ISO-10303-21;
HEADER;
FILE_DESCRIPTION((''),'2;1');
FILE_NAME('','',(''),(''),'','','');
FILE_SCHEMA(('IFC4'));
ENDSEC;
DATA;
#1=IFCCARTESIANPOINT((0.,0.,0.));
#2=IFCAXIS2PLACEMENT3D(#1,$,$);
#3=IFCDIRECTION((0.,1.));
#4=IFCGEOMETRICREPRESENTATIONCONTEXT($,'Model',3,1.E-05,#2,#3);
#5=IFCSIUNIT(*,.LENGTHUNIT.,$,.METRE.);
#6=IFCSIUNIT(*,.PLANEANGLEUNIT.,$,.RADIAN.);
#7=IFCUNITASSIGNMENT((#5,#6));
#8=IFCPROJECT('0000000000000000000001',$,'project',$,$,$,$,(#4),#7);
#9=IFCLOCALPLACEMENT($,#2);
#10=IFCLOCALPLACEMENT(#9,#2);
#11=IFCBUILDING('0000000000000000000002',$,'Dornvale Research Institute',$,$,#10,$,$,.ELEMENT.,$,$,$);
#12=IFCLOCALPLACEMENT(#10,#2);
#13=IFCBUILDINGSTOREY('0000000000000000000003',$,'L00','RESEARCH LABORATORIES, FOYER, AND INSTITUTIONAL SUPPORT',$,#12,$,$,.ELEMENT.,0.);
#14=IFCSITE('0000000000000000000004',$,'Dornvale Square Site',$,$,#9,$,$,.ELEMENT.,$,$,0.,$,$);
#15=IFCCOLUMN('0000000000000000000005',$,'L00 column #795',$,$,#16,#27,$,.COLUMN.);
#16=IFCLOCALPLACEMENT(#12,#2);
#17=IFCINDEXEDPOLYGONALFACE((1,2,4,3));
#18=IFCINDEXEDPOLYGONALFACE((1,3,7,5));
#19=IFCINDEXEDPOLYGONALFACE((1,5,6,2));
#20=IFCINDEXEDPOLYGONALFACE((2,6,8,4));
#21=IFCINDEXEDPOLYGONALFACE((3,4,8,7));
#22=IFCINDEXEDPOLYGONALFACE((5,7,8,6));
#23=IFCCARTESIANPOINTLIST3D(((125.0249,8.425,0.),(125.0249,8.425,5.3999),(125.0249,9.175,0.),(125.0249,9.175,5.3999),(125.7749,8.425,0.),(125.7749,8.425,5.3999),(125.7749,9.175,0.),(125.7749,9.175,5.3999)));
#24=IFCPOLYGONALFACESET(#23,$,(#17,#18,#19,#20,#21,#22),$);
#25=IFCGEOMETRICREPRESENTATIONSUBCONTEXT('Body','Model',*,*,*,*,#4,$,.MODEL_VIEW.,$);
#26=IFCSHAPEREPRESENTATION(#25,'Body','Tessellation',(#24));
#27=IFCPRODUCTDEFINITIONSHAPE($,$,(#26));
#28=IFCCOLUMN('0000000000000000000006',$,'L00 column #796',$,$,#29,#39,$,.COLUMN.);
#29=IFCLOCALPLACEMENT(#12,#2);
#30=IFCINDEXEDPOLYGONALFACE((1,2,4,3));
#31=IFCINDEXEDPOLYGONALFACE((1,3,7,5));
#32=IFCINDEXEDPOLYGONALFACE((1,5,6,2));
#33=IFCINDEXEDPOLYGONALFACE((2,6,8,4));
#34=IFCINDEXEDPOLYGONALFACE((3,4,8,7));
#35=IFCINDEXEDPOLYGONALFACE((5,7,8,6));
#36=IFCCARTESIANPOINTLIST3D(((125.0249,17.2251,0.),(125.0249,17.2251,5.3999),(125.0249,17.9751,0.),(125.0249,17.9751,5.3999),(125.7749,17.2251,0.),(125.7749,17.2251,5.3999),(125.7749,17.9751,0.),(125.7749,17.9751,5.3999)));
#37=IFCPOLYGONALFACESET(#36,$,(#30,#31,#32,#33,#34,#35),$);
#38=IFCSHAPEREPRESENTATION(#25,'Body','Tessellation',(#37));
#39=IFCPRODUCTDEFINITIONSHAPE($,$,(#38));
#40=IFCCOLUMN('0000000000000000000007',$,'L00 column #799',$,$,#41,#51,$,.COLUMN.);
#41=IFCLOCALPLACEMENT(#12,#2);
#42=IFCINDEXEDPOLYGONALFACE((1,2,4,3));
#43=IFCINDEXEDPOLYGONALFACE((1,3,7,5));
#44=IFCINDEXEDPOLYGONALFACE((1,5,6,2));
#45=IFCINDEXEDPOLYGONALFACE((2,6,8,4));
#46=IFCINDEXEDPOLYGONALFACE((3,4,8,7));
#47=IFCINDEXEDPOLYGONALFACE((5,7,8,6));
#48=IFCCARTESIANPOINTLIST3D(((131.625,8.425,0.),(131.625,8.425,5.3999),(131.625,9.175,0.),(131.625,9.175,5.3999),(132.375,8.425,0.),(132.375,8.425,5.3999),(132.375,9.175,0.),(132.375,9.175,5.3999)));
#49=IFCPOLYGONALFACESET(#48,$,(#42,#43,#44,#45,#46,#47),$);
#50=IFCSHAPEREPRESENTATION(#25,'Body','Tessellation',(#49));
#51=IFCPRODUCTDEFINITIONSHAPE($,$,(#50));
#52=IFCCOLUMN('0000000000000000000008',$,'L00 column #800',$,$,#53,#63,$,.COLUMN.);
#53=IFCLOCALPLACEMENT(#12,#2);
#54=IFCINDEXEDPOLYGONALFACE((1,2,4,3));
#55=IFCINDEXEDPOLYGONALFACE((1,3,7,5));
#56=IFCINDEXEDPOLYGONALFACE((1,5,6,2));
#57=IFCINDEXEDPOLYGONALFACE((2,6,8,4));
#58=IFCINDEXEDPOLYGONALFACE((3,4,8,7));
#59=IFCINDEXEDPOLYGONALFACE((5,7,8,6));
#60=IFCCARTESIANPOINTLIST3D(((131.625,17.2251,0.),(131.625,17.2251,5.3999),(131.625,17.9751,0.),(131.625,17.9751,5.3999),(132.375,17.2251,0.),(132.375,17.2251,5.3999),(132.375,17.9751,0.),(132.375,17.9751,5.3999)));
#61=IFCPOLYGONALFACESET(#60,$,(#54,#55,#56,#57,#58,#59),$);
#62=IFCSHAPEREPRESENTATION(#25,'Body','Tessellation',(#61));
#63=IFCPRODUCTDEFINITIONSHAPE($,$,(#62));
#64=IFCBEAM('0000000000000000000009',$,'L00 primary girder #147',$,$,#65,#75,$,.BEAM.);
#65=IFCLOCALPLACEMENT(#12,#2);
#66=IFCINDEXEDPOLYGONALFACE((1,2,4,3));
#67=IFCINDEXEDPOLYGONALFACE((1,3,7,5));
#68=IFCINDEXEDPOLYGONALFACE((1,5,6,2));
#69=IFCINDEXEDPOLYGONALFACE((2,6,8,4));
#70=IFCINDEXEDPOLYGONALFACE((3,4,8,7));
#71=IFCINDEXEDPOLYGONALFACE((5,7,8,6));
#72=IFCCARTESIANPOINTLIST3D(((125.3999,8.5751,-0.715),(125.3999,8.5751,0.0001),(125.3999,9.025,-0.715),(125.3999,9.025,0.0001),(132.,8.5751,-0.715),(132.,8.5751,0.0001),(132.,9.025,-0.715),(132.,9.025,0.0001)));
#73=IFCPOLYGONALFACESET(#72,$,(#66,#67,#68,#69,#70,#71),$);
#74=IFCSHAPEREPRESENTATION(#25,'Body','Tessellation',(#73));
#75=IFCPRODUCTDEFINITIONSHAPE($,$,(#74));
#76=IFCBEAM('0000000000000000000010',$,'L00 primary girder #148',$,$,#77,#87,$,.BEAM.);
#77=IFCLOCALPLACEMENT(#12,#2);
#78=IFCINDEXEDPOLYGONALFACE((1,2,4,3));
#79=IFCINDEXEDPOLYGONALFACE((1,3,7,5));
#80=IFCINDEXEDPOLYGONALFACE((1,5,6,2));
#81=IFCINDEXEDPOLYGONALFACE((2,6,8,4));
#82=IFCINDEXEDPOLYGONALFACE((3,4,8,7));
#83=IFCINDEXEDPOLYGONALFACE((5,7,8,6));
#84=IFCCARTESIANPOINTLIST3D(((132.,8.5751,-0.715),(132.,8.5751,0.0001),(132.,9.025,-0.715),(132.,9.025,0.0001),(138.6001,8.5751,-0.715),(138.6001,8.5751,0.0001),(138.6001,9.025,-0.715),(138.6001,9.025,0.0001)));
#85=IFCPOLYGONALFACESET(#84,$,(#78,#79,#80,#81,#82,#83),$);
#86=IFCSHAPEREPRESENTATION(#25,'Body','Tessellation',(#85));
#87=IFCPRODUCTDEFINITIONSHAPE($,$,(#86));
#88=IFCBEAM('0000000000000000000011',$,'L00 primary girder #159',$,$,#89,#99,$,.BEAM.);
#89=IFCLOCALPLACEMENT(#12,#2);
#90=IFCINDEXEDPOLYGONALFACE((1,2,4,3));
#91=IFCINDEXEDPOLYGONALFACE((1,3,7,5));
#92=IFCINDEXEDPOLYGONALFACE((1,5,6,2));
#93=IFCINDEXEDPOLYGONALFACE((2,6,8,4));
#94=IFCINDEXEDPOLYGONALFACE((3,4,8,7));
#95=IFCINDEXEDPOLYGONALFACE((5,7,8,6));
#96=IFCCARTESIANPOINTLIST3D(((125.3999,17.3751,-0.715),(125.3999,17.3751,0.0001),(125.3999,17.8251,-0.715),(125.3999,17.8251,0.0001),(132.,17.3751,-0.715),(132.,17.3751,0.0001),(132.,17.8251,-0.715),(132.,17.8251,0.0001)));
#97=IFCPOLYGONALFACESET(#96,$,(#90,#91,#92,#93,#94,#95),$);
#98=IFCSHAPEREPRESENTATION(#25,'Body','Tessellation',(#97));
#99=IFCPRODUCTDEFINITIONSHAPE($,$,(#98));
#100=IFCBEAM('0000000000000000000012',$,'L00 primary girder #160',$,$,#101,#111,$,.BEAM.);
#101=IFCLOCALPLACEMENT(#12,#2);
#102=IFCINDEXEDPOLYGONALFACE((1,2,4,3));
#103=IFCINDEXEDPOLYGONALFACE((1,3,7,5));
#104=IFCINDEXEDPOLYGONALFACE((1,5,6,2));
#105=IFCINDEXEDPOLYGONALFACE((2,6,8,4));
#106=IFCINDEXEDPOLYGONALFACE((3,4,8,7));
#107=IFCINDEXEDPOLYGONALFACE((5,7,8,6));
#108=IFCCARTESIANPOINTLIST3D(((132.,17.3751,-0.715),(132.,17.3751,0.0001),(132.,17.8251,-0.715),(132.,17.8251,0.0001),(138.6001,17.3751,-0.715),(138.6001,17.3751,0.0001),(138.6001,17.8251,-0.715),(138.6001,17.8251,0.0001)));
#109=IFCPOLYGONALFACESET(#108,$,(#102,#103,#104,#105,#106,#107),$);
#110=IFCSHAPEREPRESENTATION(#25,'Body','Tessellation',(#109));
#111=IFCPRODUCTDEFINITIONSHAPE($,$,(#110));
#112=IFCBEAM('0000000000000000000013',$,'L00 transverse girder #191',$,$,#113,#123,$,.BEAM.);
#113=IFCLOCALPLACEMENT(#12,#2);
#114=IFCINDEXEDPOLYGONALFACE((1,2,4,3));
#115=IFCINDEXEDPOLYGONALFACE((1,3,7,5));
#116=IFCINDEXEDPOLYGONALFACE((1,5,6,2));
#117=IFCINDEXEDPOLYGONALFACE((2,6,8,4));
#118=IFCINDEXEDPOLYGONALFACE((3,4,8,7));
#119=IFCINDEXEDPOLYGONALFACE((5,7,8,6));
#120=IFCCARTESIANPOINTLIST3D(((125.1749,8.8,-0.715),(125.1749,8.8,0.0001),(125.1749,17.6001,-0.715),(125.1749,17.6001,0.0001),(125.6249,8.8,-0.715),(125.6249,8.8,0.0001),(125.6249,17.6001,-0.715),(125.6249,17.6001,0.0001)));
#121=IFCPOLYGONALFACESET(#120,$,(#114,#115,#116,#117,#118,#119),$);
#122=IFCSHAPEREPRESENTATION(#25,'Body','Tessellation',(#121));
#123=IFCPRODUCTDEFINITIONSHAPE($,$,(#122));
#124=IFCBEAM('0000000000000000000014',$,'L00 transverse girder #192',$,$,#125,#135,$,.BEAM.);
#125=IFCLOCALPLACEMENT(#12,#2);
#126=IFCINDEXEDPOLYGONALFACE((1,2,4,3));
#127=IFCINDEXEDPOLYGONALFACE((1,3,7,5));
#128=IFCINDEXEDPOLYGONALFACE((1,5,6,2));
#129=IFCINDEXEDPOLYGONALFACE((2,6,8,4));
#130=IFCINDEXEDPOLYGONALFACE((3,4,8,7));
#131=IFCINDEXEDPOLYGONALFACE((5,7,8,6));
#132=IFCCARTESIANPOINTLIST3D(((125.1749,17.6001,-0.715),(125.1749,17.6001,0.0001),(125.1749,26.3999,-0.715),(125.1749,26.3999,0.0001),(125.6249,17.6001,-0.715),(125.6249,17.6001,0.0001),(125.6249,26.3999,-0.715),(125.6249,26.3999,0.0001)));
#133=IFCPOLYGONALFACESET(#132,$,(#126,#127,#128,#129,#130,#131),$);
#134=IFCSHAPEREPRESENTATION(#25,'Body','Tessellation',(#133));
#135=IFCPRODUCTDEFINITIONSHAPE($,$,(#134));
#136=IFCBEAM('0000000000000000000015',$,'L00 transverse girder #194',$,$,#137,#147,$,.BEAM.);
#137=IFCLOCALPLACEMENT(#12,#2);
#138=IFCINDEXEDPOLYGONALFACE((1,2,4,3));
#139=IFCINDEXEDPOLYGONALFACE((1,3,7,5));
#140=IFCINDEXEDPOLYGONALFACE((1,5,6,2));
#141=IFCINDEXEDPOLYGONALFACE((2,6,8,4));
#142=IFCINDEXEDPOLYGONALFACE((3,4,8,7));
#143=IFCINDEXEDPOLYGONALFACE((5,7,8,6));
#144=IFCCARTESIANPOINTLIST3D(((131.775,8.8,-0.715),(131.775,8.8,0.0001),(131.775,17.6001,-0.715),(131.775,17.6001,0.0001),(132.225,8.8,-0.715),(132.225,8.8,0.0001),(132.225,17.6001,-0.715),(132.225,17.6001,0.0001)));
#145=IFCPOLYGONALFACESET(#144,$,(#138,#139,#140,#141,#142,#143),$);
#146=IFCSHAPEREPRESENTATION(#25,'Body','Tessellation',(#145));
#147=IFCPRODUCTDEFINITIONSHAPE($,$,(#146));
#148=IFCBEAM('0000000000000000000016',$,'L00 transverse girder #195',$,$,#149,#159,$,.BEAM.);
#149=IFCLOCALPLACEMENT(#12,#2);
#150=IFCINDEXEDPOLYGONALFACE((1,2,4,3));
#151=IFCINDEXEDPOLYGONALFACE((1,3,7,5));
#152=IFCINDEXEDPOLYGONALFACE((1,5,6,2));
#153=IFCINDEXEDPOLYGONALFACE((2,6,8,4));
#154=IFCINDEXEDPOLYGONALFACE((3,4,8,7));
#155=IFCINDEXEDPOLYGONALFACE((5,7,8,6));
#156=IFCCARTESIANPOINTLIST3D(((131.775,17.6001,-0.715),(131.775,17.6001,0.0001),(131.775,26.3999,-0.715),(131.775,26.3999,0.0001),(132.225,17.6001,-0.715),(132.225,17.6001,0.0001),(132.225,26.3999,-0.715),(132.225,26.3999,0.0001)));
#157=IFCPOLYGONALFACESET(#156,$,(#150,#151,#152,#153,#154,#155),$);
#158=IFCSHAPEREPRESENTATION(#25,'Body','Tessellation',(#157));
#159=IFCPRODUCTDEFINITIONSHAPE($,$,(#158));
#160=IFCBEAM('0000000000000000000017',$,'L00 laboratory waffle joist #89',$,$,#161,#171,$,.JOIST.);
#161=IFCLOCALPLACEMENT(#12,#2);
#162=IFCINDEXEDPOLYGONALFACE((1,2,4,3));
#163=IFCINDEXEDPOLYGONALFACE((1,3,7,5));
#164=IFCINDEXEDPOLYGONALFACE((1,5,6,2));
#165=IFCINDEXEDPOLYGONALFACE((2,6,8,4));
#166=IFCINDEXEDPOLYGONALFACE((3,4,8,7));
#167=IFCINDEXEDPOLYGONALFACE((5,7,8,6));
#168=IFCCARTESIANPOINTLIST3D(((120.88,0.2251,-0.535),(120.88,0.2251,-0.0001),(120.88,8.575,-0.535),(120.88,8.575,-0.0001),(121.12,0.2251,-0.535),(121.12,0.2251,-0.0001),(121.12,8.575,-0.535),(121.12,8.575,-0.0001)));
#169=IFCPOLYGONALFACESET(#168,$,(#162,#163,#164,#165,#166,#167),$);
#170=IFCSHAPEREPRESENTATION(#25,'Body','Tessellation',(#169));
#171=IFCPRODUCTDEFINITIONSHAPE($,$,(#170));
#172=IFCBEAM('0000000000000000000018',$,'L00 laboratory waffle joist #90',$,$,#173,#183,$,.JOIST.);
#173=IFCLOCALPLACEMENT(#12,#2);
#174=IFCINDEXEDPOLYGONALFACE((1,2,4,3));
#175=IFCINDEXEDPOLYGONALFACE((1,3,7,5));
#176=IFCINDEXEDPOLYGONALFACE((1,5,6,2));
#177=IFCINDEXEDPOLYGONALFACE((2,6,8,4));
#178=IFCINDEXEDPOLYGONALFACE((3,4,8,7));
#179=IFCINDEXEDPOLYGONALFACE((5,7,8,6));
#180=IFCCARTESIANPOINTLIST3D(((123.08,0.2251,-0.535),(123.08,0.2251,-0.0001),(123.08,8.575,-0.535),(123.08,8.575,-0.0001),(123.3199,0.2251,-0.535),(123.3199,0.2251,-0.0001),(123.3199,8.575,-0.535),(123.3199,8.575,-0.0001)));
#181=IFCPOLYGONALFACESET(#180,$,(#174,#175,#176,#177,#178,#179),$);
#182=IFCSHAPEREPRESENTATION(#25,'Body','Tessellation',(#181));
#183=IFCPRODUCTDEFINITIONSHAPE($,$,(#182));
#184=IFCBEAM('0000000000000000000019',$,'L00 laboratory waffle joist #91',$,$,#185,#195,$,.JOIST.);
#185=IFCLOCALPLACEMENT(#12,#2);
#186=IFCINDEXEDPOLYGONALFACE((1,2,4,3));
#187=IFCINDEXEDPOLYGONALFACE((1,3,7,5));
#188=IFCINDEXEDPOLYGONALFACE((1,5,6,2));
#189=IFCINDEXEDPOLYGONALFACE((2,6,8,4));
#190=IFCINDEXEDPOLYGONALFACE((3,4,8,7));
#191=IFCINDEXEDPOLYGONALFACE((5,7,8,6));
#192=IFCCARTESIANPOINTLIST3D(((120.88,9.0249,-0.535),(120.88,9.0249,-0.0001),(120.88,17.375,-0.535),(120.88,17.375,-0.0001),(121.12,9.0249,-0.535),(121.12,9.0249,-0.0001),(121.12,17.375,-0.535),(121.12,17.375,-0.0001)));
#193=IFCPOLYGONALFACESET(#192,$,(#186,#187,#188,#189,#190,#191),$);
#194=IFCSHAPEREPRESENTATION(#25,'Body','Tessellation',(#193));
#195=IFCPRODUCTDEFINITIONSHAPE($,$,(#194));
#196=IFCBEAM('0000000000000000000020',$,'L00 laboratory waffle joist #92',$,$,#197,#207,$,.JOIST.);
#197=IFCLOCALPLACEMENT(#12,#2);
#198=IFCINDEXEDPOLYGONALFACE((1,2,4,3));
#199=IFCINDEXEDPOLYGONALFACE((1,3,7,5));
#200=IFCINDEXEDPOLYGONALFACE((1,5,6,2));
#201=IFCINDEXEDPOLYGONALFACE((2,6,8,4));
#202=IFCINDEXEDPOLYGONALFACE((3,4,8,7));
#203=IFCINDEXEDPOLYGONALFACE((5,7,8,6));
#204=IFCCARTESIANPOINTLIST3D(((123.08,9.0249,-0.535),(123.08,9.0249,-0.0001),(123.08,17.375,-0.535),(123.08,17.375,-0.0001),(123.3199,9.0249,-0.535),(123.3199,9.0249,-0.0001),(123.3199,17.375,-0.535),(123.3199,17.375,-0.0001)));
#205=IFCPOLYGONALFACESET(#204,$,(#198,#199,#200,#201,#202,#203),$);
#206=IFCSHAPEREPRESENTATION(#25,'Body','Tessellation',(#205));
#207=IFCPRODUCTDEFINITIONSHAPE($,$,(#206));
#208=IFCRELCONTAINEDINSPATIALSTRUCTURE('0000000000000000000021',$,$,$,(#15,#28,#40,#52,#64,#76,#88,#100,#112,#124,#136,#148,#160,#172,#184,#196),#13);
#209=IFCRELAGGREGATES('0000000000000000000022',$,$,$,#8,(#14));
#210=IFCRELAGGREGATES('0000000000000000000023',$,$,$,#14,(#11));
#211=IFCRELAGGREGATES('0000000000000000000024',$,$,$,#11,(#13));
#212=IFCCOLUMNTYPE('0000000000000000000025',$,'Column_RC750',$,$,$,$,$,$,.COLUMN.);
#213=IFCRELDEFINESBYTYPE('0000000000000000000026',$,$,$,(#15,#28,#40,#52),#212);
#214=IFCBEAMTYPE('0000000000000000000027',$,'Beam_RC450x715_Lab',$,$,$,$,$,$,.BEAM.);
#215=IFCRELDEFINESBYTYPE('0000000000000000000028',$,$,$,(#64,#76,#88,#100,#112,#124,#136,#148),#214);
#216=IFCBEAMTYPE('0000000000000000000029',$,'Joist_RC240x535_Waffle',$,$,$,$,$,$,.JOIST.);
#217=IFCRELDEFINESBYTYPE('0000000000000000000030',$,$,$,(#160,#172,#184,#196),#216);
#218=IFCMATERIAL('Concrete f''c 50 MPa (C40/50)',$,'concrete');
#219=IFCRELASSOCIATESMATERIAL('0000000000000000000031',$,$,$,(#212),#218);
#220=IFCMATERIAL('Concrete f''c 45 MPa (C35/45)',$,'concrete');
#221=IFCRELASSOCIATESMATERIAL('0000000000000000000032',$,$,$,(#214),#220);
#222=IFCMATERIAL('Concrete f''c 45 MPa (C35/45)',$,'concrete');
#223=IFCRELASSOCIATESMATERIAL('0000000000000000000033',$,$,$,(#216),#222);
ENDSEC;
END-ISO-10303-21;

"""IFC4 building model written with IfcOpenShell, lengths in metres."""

from ifc_helpers import new_model, si_unit, direction, frame, origin, origin_2d, place, context, subcontext, project, spatial, rectangle, extrude, material, material_profile, profile_set, type_object, element, save


model = new_model("IFC4")

# Units and contexts
model_context = context("Model", 3, precision=1e-05, world=origin(), true_north=direction((0.0, 1.0)))
body_context = subcontext(model_context, "Body", "Model", "MODEL_VIEW")
ifc_project = project(units=[si_unit("LENGTHUNIT", "METRE"), si_unit("PLANEANGLEUNIT", "RADIAN")], contexts=[model_context])

# Site, building, storey
site_placement = place(None, origin())
site = spatial("IfcSite", under=ifc_project, at=site_placement, Name="Dornvale Square Site", CompositionType="ELEMENT", RefElevation=0.0)
building_placement = place(site_placement, origin())
building = spatial("IfcBuilding", under=site, at=building_placement, Name="Dornvale Research Institute", CompositionType="ELEMENT")
storey_placement = place(building_placement, origin())
storey = spatial("IfcBuildingStorey", under=building, at=storey_placement, Name="L00", Description="RESEARCH LABORATORIES, FOYER, AND INSTITUTIONAL SUPPORT", CompositionType="ELEMENT", Elevation=0.0)

# Columns
ifc_material_1 = material(Name="Concrete f'c 50 MPa (C40/50)", Category="concrete")
ifc_material_profile_1 = material_profile(ifc_material_1, rectangle(XDim=0.75, YDim=0.75, at=origin_2d()), Name="RC 750x750")
ifc_profile_set_1 = profile_set([ifc_material_profile_1], Name="Concrete f'c 50 MPa (C40/50)")
column_type = type_object("IfcColumnType", Name="Column_RC750", PredefinedType="COLUMN", material=ifc_profile_set_1)
for number, where, z_axis, x_axis, name in (
    (1, (125.3999, 8.8, 0.0), (0.0, 0.0, 1.0), (1.0, 0.0, 0.0), "L00 column #795"),
    (2, (125.3999, 17.6001, 0.0), (0.0, 0.0, 1.0), (1.0, 0.0, 0.0), "L00 column #796"),
    (3, (132.0, 8.8, 0.0), (0.0, 0.0, 1.0), (1.0, 0.0, 0.0), "L00 column #799"),
    (4, (132.0, 17.6001, 0.0), (0.0, 0.0, 1.0), (1.0, 0.0, 0.0), "L00 column #800"),
):
    element("IfcColumn", number, at=place(storey_placement, frame(where, z_axis=z_axis, x_axis=x_axis)), inside=storey, type_object=column_type, Name=name, PredefinedType="COLUMN", context=body_context, shape_type="SweptSolid", body=[
        extrude(rectangle(XDim=0.75, YDim=0.75, at=origin_2d()), origin(), (0.0, 0.0, 1.0), 5.3999),
    ])

# Beams
ifc_material_2 = material(Name="Concrete f'c 45 MPa (C35/45)", Category="concrete")
ifc_material_profile_2 = material_profile(ifc_material_2, rectangle(XDim=0.45, YDim=0.7151, at=origin_2d()), Name="RC 450x715")
ifc_profile_set_2 = profile_set([ifc_material_profile_2], Name="Concrete f'c 45 MPa (C35/45)")
beam_type_1 = type_object("IfcBeamType", Name="Beam_RC450x715_Lab", PredefinedType="BEAM", material=ifc_profile_set_2)
for number, where, z_axis, x_axis, name in (
    (5, (125.3999, 8.8, -0.3574), (1.0, 0.0, 0.0), (0.0, 1.0, 0.0), "L00 primary girder #147"),
    (6, (132.0, 8.8, -0.3574), (1.0, 0.0, 0.0), (0.0, 1.0, 0.0), "L00 primary girder #148"),
    (7, (125.3999, 17.6001, -0.3574), (1.0, 0.0, 0.0), (0.0, 1.0, 0.0), "L00 primary girder #159"),
    (8, (132.0, 17.6001, -0.3574), (1.0, 0.0, 0.0), (0.0, 1.0, 0.0), "L00 primary girder #160"),
):
    element("IfcBeam", number, at=place(storey_placement, frame(where, z_axis=z_axis, x_axis=x_axis)), inside=storey, type_object=beam_type_1, Name=name, PredefinedType="BEAM", context=body_context, shape_type="SweptSolid", body=[
        extrude(rectangle(XDim=0.45, YDim=0.7151, at=origin_2d()), origin(), (0.0, 0.0, 1.0), 6.6001),
    ])
beam_1_placement = place(storey_placement, frame((125.3999, 8.8, -0.3574), z_axis=(0.0, 1.0, 0.0), x_axis=(-1.0, 0.0, 0.0)))
element("IfcBeam", 9, at=beam_1_placement, inside=storey, type_object=beam_type_1, Name="L00 transverse girder #191", PredefinedType="BEAM", context=body_context, shape_type="SweptSolid", body=[
    extrude(rectangle(XDim=0.45, YDim=0.7151, at=origin_2d()), origin(), (0.0, 0.0, 1.0), 8.8),
])
beam_2_placement = place(storey_placement, frame((125.3999, 17.6001, -0.3574), z_axis=(0.0, 1.0, 0.0), x_axis=(-1.0, 0.0, 0.0)))
element("IfcBeam", 10, at=beam_2_placement, inside=storey, type_object=beam_type_1, Name="L00 transverse girder #192", PredefinedType="BEAM", context=body_context, shape_type="SweptSolid", body=[
    extrude(rectangle(XDim=0.45, YDim=0.7151, at=origin_2d()), origin(), (0.0, 0.0, 1.0), 8.7998),
])
beam_3_placement = place(storey_placement, frame((132.0, 8.8, -0.3574), z_axis=(0.0, 1.0, 0.0), x_axis=(-1.0, 0.0, 0.0)))
element("IfcBeam", 11, at=beam_3_placement, inside=storey, type_object=beam_type_1, Name="L00 transverse girder #194", PredefinedType="BEAM", context=body_context, shape_type="SweptSolid", body=[
    extrude(rectangle(XDim=0.45, YDim=0.7151, at=origin_2d()), origin(), (0.0, 0.0, 1.0), 8.8),
])
beam_4_placement = place(storey_placement, frame((132.0, 17.6001, -0.3574), z_axis=(0.0, 1.0, 0.0), x_axis=(-1.0, 0.0, 0.0)))
element("IfcBeam", 12, at=beam_4_placement, inside=storey, type_object=beam_type_1, Name="L00 transverse girder #195", PredefinedType="BEAM", context=body_context, shape_type="SweptSolid", body=[
    extrude(rectangle(XDim=0.45, YDim=0.7151, at=origin_2d()), origin(), (0.0, 0.0, 1.0), 8.7998),
])
ifc_material_3 = material(Name="Concrete f'c 45 MPa (C35/45)", Category="concrete")
ifc_material_profile_3 = material_profile(ifc_material_3, rectangle(XDim=0.24, YDim=0.5349, at=origin_2d()), Name="RC 240x535")
ifc_profile_set_3 = profile_set([ifc_material_profile_3], Name="Concrete f'c 45 MPa (C35/45)")
beam_type_2 = type_object("IfcBeamType", Name="Joist_RC240x535_Waffle", PredefinedType="JOIST", material=ifc_profile_set_3)
for number, where, z_axis, x_axis, name in (
    (13, (121.0, 0.2251, -0.2676), (0.0, 1.0, 0.0), (-1.0, 0.0, 0.0), "L00 laboratory waffle joist #89"),
    (14, (123.2, 0.2251, -0.2676), (0.0, 1.0, 0.0), (-1.0, 0.0, 0.0), "L00 laboratory waffle joist #90"),
):
    element("IfcBeam", number, at=place(storey_placement, frame(where, z_axis=z_axis, x_axis=x_axis)), inside=storey, type_object=beam_type_2, Name=name, PredefinedType="JOIST", context=body_context, shape_type="SweptSolid", body=[
        extrude(rectangle(XDim=0.24, YDim=0.5349, at=origin_2d()), origin(), (0.0, 0.0, 1.0), 8.3499),
    ])
for number, where, z_axis, x_axis, name in (
    (15, (121.0, 9.0249, -0.2676), (0.0, 1.0, 0.0), (-1.0, 0.0, 0.0), "L00 laboratory waffle joist #91"),
    (16, (123.2, 9.0249, -0.2676), (0.0, 1.0, 0.0), (-1.0, 0.0, 0.0), "L00 laboratory waffle joist #92"),
):
    element("IfcBeam", number, at=place(storey_placement, frame(where, z_axis=z_axis, x_axis=x_axis)), inside=storey, type_object=beam_type_2, Name=name, PredefinedType="JOIST", context=body_context, shape_type="SweptSolid", body=[
        extrude(rectangle(XDim=0.24, YDim=0.5349, at=origin_2d()), origin(), (0.0, 0.0, 1.0), 8.3501),
    ])

save(model, "model.ifc")
